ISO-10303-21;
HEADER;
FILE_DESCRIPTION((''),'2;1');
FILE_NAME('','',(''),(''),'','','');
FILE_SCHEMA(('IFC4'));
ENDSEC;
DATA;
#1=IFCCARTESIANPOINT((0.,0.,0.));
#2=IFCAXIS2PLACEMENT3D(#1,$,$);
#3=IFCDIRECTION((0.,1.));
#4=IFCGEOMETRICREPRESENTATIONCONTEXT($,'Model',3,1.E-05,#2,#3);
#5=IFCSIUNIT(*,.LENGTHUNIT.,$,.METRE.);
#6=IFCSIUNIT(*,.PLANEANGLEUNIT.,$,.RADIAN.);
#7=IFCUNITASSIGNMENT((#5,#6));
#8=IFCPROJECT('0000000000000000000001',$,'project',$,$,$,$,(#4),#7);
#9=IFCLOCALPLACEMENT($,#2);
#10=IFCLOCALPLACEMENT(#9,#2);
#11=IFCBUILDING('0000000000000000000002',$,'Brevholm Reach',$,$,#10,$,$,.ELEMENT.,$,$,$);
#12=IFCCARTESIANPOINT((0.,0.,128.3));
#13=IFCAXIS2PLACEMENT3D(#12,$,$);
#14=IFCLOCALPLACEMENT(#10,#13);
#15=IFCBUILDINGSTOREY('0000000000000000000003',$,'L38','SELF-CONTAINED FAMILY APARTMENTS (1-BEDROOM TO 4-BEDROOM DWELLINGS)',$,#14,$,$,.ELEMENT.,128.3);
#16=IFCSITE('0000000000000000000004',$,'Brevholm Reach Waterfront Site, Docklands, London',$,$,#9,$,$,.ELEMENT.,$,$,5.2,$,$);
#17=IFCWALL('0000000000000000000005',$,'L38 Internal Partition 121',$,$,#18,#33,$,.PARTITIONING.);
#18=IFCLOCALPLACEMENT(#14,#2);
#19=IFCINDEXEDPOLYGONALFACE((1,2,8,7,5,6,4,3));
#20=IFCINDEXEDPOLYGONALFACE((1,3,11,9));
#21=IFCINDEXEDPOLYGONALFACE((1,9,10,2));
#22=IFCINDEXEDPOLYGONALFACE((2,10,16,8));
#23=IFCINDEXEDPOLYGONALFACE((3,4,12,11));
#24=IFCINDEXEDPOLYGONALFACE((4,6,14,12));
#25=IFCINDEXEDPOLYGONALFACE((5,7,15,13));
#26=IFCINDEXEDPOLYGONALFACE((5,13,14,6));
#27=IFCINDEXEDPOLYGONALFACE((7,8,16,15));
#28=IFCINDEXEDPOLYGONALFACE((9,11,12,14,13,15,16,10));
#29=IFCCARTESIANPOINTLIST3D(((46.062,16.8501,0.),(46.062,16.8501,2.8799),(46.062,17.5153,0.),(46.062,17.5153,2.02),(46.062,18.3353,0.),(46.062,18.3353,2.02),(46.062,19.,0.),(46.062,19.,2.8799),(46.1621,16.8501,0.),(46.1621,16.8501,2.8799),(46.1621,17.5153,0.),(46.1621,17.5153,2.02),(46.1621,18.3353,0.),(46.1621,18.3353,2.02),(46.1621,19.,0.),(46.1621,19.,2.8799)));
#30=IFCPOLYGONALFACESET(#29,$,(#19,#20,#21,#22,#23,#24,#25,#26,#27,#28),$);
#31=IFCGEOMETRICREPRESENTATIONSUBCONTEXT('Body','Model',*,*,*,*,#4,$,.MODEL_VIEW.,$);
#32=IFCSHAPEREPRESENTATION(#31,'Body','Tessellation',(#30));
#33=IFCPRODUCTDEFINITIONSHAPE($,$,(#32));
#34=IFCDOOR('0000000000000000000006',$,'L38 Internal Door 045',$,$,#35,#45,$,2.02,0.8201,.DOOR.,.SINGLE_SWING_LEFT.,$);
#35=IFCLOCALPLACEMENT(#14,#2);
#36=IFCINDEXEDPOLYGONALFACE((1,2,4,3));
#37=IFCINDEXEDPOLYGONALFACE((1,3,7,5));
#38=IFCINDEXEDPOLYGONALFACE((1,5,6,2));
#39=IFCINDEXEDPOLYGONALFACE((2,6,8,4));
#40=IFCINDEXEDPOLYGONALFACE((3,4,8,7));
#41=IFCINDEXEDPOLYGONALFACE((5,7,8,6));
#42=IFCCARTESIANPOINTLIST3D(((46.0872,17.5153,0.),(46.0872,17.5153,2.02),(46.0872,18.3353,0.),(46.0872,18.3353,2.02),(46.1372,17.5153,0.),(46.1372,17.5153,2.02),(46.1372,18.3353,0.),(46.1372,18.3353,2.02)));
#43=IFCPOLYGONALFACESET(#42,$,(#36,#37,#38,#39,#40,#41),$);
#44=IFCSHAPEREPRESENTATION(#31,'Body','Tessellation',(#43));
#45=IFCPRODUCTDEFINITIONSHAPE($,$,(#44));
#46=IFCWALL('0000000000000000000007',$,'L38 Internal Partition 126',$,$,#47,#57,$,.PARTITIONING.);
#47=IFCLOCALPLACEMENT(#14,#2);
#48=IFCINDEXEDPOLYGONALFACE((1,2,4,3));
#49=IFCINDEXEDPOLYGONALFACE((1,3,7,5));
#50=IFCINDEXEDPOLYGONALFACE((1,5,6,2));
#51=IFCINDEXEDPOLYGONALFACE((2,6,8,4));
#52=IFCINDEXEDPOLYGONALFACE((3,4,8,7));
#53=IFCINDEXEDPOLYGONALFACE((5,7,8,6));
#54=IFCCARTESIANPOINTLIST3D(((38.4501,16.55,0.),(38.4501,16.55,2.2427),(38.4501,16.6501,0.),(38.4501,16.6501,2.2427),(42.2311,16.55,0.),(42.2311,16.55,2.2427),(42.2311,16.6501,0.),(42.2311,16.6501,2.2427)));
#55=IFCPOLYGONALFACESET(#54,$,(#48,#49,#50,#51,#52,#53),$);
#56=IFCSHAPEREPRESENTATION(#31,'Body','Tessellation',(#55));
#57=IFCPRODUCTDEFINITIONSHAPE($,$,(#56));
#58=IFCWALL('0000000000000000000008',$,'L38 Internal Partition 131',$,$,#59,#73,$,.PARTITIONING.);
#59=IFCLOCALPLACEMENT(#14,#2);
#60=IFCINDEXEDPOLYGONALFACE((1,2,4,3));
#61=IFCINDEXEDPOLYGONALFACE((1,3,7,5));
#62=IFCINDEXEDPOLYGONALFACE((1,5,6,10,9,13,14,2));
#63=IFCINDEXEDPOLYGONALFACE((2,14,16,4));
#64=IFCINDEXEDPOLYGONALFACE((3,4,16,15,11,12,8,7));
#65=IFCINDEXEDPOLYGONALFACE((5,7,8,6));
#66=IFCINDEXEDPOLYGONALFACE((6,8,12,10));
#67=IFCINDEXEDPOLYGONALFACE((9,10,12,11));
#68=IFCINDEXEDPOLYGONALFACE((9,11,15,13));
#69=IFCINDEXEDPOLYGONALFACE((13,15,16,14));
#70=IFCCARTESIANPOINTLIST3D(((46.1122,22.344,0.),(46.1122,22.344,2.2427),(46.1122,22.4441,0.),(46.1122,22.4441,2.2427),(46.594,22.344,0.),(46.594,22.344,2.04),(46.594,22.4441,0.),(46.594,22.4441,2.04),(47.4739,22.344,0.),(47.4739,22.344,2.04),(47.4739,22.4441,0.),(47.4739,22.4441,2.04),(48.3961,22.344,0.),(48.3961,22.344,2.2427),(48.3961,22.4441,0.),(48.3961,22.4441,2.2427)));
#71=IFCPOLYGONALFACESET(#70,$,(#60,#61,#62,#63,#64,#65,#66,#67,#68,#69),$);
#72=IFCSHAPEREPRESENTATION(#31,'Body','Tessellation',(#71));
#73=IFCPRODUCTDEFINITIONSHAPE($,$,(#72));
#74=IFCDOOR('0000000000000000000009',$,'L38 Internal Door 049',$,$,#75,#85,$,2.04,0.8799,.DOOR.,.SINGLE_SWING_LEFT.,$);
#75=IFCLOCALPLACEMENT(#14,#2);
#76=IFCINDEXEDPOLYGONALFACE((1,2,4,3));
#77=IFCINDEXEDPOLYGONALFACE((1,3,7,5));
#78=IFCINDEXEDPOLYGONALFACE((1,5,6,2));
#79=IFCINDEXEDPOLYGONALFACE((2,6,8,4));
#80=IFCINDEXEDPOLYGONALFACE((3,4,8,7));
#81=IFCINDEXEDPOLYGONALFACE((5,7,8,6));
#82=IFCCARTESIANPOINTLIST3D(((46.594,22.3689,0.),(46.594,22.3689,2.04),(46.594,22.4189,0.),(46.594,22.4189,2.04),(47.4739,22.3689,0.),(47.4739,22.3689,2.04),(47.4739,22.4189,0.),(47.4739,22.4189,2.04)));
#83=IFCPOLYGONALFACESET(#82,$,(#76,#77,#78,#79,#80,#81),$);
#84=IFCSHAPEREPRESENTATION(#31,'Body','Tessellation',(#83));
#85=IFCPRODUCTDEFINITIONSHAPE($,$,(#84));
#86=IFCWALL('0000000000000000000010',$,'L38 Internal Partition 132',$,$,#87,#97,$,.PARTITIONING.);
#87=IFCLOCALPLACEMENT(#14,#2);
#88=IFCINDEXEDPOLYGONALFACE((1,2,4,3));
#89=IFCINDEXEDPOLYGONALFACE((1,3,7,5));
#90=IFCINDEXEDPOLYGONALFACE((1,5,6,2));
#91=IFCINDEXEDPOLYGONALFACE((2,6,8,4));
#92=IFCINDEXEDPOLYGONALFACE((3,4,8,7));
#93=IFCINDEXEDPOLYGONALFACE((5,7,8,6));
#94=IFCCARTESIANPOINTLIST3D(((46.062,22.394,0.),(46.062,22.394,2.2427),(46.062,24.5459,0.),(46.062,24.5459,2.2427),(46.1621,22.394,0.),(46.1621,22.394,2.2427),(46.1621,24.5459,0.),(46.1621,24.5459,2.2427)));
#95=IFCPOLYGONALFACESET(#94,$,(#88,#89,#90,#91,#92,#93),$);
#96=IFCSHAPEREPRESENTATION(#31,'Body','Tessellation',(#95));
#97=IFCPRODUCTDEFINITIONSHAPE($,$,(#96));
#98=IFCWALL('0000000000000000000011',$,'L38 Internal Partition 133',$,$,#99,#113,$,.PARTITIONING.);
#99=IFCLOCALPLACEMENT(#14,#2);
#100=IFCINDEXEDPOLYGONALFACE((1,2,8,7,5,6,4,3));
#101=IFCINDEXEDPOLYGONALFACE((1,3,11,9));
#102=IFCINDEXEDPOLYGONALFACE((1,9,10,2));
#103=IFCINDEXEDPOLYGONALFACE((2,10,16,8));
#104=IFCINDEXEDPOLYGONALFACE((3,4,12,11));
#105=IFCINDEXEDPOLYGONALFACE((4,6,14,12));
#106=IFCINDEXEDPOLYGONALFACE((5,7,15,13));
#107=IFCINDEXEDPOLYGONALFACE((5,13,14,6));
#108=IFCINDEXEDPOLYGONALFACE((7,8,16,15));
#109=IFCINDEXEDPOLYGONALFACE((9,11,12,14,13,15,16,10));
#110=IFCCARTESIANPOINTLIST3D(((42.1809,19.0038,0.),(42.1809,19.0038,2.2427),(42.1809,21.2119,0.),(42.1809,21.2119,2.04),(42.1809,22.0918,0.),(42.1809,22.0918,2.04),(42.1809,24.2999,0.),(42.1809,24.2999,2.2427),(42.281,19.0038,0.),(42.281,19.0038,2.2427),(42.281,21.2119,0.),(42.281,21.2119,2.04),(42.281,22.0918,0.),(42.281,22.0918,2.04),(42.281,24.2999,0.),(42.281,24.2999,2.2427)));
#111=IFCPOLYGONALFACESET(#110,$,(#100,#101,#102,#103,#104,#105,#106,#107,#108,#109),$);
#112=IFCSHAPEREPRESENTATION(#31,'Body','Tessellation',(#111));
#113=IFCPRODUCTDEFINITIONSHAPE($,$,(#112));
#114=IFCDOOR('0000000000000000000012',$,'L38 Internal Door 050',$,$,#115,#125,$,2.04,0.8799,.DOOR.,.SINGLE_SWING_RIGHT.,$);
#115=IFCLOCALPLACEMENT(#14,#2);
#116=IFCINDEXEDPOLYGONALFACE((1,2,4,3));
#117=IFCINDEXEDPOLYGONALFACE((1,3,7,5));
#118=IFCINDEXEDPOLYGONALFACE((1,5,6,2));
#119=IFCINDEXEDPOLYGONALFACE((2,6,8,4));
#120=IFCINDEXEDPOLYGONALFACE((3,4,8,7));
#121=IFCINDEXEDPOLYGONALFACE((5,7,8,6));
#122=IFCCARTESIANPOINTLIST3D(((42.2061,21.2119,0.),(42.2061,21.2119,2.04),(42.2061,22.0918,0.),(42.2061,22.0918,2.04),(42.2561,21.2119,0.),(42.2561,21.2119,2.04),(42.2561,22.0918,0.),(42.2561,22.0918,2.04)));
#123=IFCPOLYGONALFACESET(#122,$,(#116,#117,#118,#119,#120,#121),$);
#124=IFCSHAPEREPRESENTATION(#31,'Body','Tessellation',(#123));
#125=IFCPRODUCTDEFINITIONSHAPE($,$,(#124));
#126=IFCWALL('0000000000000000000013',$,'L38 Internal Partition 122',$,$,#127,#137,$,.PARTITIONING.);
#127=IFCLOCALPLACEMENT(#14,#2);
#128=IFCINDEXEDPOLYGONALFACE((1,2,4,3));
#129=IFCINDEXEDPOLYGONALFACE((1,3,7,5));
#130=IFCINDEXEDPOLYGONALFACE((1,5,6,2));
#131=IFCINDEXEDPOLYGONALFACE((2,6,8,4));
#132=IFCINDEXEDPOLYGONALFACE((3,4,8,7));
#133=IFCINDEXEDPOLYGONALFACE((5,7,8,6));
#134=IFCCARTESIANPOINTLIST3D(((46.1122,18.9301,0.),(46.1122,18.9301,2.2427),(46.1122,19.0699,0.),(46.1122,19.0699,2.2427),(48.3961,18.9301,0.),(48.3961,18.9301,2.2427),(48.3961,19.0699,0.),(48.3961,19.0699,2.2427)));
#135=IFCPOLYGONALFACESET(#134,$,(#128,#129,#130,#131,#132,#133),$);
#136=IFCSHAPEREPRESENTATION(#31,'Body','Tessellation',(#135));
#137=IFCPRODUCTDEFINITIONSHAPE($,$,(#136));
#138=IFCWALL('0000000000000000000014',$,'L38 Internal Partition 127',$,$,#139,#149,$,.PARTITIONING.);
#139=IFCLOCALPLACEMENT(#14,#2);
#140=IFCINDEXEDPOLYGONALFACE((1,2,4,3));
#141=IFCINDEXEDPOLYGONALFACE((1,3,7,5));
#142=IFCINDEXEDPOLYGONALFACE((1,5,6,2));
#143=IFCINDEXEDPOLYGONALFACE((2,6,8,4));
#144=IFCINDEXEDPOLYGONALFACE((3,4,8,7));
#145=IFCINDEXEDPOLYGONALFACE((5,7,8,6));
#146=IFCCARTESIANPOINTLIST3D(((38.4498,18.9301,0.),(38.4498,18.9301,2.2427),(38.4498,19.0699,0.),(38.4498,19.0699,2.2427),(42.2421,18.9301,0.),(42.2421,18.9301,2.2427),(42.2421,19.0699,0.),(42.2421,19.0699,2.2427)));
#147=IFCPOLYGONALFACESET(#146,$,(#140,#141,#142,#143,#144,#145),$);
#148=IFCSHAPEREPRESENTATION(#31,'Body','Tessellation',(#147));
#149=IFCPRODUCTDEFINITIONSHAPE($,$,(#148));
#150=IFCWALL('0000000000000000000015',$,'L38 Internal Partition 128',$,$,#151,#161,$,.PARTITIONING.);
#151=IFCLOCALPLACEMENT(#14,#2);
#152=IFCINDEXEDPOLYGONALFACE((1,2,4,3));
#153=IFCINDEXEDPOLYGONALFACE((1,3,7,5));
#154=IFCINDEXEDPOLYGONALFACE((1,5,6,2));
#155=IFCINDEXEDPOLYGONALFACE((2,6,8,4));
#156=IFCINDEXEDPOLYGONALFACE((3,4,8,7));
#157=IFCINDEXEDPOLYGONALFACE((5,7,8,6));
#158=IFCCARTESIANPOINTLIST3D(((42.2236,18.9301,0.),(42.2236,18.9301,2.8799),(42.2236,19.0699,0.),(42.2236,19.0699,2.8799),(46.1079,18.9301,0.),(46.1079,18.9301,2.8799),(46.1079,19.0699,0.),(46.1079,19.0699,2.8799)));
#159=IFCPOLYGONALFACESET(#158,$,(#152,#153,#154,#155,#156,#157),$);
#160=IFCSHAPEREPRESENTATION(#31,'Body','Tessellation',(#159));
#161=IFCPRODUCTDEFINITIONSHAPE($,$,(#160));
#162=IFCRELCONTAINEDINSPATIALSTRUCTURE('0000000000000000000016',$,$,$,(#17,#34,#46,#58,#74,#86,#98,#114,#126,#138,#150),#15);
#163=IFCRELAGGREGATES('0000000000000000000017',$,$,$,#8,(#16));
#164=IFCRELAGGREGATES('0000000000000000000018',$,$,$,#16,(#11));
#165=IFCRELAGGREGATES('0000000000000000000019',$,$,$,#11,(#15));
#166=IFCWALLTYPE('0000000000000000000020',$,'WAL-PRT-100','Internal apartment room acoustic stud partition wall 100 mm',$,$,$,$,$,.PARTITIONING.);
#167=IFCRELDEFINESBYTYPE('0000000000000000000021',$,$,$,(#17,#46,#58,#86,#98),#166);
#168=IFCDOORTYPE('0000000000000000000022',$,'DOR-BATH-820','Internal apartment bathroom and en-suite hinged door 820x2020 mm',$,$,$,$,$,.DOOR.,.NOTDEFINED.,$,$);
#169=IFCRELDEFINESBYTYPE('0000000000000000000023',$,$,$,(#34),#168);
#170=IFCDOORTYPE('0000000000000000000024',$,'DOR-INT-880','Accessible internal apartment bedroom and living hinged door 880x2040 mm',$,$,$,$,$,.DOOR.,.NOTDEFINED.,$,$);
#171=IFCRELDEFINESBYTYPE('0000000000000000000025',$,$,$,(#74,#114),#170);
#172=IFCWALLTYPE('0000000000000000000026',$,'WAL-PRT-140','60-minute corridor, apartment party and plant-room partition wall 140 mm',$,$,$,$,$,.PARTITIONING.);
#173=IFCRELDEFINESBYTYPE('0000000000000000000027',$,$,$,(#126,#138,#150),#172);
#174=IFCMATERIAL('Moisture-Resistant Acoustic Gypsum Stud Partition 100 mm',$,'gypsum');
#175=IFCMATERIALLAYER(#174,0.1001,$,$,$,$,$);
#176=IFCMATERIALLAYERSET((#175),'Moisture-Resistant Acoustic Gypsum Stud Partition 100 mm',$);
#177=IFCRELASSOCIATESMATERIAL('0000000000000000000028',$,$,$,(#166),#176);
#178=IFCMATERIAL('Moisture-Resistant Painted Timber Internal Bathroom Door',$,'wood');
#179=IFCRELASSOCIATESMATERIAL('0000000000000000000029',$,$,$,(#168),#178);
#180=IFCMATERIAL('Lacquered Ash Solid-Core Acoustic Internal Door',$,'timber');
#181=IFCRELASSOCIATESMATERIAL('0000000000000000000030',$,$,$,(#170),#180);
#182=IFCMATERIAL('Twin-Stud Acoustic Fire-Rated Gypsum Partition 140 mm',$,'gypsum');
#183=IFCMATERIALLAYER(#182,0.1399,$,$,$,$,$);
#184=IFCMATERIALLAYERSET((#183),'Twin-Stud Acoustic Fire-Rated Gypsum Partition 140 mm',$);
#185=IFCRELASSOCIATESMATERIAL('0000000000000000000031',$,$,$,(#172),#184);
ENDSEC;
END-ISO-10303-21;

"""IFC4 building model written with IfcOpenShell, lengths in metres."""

from ifc_helpers import new_model, si_unit, direction, frame, frame_2d, origin, place, context, subcontext, project, spatial, rectangle, extrude, material, layer, layer_set, type_object, element, fill, save


model = new_model("IFC4")

# Units and contexts
model_context = context("Model", 3, precision=1e-05, world=origin(), true_north=direction((0.0, 1.0)))
body_context = subcontext(model_context, "Body", "Model", "MODEL_VIEW")
ifc_project = project(units=[si_unit("LENGTHUNIT", "METRE"), si_unit("PLANEANGLEUNIT", "RADIAN")], contexts=[model_context])

# Site, building, storey
site_placement = place(None, origin())
site = spatial("IfcSite", under=ifc_project, at=site_placement, Name="Brevholm Reach Waterfront Site, Docklands, London", CompositionType="ELEMENT", RefElevation=5.2)
building_placement = place(site_placement, origin())
building = spatial("IfcBuilding", under=site, at=building_placement, Name="Brevholm Reach", CompositionType="ELEMENT")
storey_placement = place(building_placement, frame((0.0, 0.0, 128.3)))
storey = spatial("IfcBuildingStorey", under=building, at=storey_placement, Name="L38", Description="SELF-CONTAINED FAMILY APARTMENTS (1-BEDROOM TO 4-BEDROOM DWELLINGS)", CompositionType="ELEMENT", Elevation=128.3)

# Shared definitions
ifc_material_1 = material(Name="Moisture-Resistant Acoustic Gypsum Stud Partition 100 mm", Category="gypsum")
ifc_layer_1 = layer(ifc_material_1, 0.1001)
ifc_layer_set_1 = layer_set([ifc_layer_1], Name="Moisture-Resistant Acoustic Gypsum Stud Partition 100 mm")
wall_type_1 = type_object("IfcWallType", Name="WAL-PRT-100", Description="Internal apartment room acoustic stud partition wall 100 mm", PredefinedType="PARTITIONING", material=ifc_layer_set_1)

# Wall, opening, door
wall_1_placement = place(storey_placement, frame((46.1121, 16.8501, 0.0), z_axis=(0.0, 0.0, 1.0), x_axis=(0.0, 1.0, 0.0)))
wall_1 = element("IfcWall", 1, at=wall_1_placement, inside=storey, type_object=wall_type_1, Name="L38 Internal Partition 121", PredefinedType="PARTITIONING", context=body_context, shape_type="SweptSolid", body=[
    extrude(rectangle(XDim=2.1499, YDim=0.1001, at=frame_2d((1.075, 0.0))), origin(), (0.0, 0.0, 1.0), 2.8799),
])
opening_1_placement = place(wall_1_placement, frame((0.665, 0.0, 0.0)))
opening_1 = element("IfcOpeningElement", 2, at=opening_1_placement, cuts=wall_1, PredefinedType="OPENING", context=body_context, shape_type="SweptSolid", body=[
    extrude(rectangle(XDim=0.8201, YDim=2.02, at=frame_2d((0.4102, 1.01))), frame((0.0, 0.0601, 0.0), z_axis=(0.0, -1.0, 0.0), x_axis=(1.0, 0.0, 0.0)), (0.0, 0.0, 1.0), 0.1201),
])
ifc_material_2 = material(Name="Moisture-Resistant Painted Timber Internal Bathroom Door", Category="wood")
door_type_1 = type_object("IfcDoorType", Name="DOR-BATH-820", Description="Internal apartment bathroom and en-suite hinged door 820x2020 mm", OperationType="NOTDEFINED", PredefinedType="DOOR", material=ifc_material_2)
door_1_placement = place(opening_1_placement, origin())
door_1 = element("IfcDoor", 3, at=door_1_placement, inside=storey, type_object=door_type_1, Name="L38 Internal Door 045", OperationType="SINGLE_SWING_LEFT", OverallHeight=2.02, OverallWidth=0.8201, PredefinedType="DOOR", context=body_context, shape_type="SweptSolid", body=[
    extrude(rectangle(XDim=0.8201, YDim=2.02, at=frame_2d((0.4102, 1.01))), frame((0.0, 0.0249, 0.0), z_axis=(0.0, -1.0, 0.0), x_axis=(1.0, 0.0, 0.0)), (0.0, 0.0, 1.0), 0.05),
])
fill(opening_1, door_1)

# Wall
wall_2_placement = place(storey_placement, frame((38.45, 16.6001, 0.0), z_axis=(0.0, 0.0, 1.0), x_axis=(1.0, 0.0, 0.0)))
element("IfcWall", 4, at=wall_2_placement, inside=storey, type_object=wall_type_1, Name="L38 Internal Partition 126", PredefinedType="PARTITIONING", context=body_context, shape_type="SweptSolid", body=[
    extrude(rectangle(XDim=3.781, YDim=0.1001, at=frame_2d((1.8906, 0.0))), origin(), (0.0, 0.0, 1.0), 2.2427),
])

# Wall, opening, door
wall_3_placement = place(storey_placement, frame((46.1121, 22.394, 0.0), z_axis=(0.0, 0.0, 1.0), x_axis=(1.0, 0.0, 0.0)))
wall_3 = element("IfcWall", 5, at=wall_3_placement, inside=storey, type_object=wall_type_1, Name="L38 Internal Partition 131", PredefinedType="PARTITIONING", context=body_context, shape_type="SweptSolid", body=[
    extrude(rectangle(XDim=2.2839, YDim=0.1001, at=frame_2d((1.1421, 0.0))), origin(), (0.0, 0.0, 1.0), 2.2427),
])
opening_2_placement = place(wall_3_placement, frame((0.4819, 0.0, 0.0)))
opening_2 = element("IfcOpeningElement", 6, at=opening_2_placement, cuts=wall_3, PredefinedType="OPENING", context=body_context, shape_type="SweptSolid", body=[
    extrude(rectangle(XDim=0.8799, YDim=2.04, at=frame_2d((0.4399, 1.02))), frame((0.0, 0.0601, 0.0), z_axis=(0.0, -1.0, 0.0), x_axis=(1.0, 0.0, 0.0)), (0.0, 0.0, 1.0), 0.1201),
])
ifc_material_3 = material(Name="Lacquered Ash Solid-Core Acoustic Internal Door", Category="timber")
door_type_2 = type_object("IfcDoorType", Name="DOR-INT-880", Description="Accessible internal apartment bedroom and living hinged door 880x2040 mm", OperationType="NOTDEFINED", PredefinedType="DOOR", material=ifc_material_3)
door_2_placement = place(opening_2_placement, origin())
door_2 = element("IfcDoor", 7, at=door_2_placement, inside=storey, type_object=door_type_2, Name="L38 Internal Door 049", OperationType="SINGLE_SWING_LEFT", OverallHeight=2.04, OverallWidth=0.8799, PredefinedType="DOOR", context=body_context, shape_type="SweptSolid", body=[
    extrude(rectangle(XDim=0.8799, YDim=2.04, at=frame_2d((0.4399, 1.02))), frame((0.0, 0.0249, 0.0), z_axis=(0.0, -1.0, 0.0), x_axis=(1.0, 0.0, 0.0)), (0.0, 0.0, 1.0), 0.05),
])
fill(opening_2, door_2)

# Wall
wall_4_placement = place(storey_placement, frame((46.1121, 22.394, 0.0), z_axis=(0.0, 0.0, 1.0), x_axis=(0.0, 1.0, 0.0)))
element("IfcWall", 8, at=wall_4_placement, inside=storey, type_object=wall_type_1, Name="L38 Internal Partition 132", PredefinedType="PARTITIONING", context=body_context, shape_type="SweptSolid", body=[
    extrude(rectangle(XDim=2.1519, YDim=0.1001, at=frame_2d((1.0759, 0.0))), origin(), (0.0, 0.0, 1.0), 2.2427),
])

# Wall, opening, door
wall_5_placement = place(storey_placement, frame((42.231, 19.0039, 0.0), z_axis=(0.0, 0.0, 1.0), x_axis=(0.0, 1.0, 0.0)))
wall_5 = element("IfcWall", 9, at=wall_5_placement, inside=storey, type_object=wall_type_1, Name="L38 Internal Partition 133", PredefinedType="PARTITIONING", context=body_context, shape_type="SweptSolid", body=[
    extrude(rectangle(XDim=5.2961, YDim=0.1001, at=frame_2d((2.6479, 0.0))), origin(), (0.0, 0.0, 1.0), 2.2427),
])
opening_3_placement = place(wall_5_placement, frame((2.208, 0.0, 0.0)))
opening_3 = element("IfcOpeningElement", 10, at=opening_3_placement, cuts=wall_5, PredefinedType="OPENING", context=body_context, shape_type="SweptSolid", body=[
    extrude(rectangle(XDim=0.8799, YDim=2.04, at=frame_2d((0.4399, 1.02))), frame((0.0, 0.0601, 0.0), z_axis=(0.0, -1.0, 0.0), x_axis=(1.0, 0.0, 0.0)), (0.0, 0.0, 1.0), 0.1201),
])
door_3_placement = place(opening_3_placement, origin())
door_3 = element("IfcDoor", 11, at=door_3_placement, inside=storey, type_object=door_type_2, Name="L38 Internal Door 050", OperationType="SINGLE_SWING_RIGHT", OverallHeight=2.04, OverallWidth=0.8799, PredefinedType="DOOR", context=body_context, shape_type="SweptSolid", body=[
    extrude(rectangle(XDim=0.8799, YDim=2.04, at=frame_2d((0.4399, 1.02))), frame((0.0, 0.0249, 0.0), z_axis=(0.0, -1.0, 0.0), x_axis=(1.0, 0.0, 0.0)), (0.0, 0.0, 1.0), 0.05),
])
fill(opening_3, door_3)

# Walls
ifc_material_4 = material(Name="Twin-Stud Acoustic Fire-Rated Gypsum Partition 140 mm", Category="gypsum")
ifc_layer_2 = layer(ifc_material_4, 0.1399)
ifc_layer_set_2 = layer_set([ifc_layer_2], Name="Twin-Stud Acoustic Fire-Rated Gypsum Partition 140 mm")
wall_type_2 = type_object("IfcWallType", Name="WAL-PRT-140", Description="60-minute corridor, apartment party and plant-room partition wall 140 mm", PredefinedType="PARTITIONING", material=ifc_layer_set_2)
wall_6_placement = place(storey_placement, frame((46.1121, 19.0, 0.0), z_axis=(0.0, 0.0, 1.0), x_axis=(1.0, 0.0, 0.0)))
element("IfcWall", 12, at=wall_6_placement, inside=storey, type_object=wall_type_2, Name="L38 Internal Partition 122", PredefinedType="PARTITIONING", context=body_context, shape_type="SweptSolid", body=[
    extrude(rectangle(XDim=2.2839, YDim=0.1399, at=frame_2d((1.1421, 0.0))), origin(), (0.0, 0.0, 1.0), 2.2427),
])
wall_7_placement = place(storey_placement, frame((38.45, 19.0, 0.0), z_axis=(0.0, 0.0, 1.0), x_axis=(1.0, 0.0, 0.0)))
element("IfcWall", 13, at=wall_7_placement, inside=storey, type_object=wall_type_2, Name="L38 Internal Partition 127", PredefinedType="PARTITIONING", context=body_context, shape_type="SweptSolid", body=[
    extrude(rectangle(XDim=3.7922, YDim=0.1399, at=frame_2d((1.896, 0.0))), origin(), (0.0, 0.0, 1.0), 2.2427),
])
wall_8_placement = place(storey_placement, frame((42.2236, 19.0, 0.0), z_axis=(0.0, 0.0, 1.0), x_axis=(1.0, 0.0, 0.0)))
element("IfcWall", 14, at=wall_8_placement, inside=storey, type_object=wall_type_2, Name="L38 Internal Partition 128", PredefinedType="PARTITIONING", context=body_context, shape_type="SweptSolid", body=[
    extrude(rectangle(XDim=3.8843, YDim=0.1399, at=frame_2d((1.9421, 0.0))), origin(), (0.0, 0.0, 1.0), 2.8799),
])

save(model, "model.ifc")
